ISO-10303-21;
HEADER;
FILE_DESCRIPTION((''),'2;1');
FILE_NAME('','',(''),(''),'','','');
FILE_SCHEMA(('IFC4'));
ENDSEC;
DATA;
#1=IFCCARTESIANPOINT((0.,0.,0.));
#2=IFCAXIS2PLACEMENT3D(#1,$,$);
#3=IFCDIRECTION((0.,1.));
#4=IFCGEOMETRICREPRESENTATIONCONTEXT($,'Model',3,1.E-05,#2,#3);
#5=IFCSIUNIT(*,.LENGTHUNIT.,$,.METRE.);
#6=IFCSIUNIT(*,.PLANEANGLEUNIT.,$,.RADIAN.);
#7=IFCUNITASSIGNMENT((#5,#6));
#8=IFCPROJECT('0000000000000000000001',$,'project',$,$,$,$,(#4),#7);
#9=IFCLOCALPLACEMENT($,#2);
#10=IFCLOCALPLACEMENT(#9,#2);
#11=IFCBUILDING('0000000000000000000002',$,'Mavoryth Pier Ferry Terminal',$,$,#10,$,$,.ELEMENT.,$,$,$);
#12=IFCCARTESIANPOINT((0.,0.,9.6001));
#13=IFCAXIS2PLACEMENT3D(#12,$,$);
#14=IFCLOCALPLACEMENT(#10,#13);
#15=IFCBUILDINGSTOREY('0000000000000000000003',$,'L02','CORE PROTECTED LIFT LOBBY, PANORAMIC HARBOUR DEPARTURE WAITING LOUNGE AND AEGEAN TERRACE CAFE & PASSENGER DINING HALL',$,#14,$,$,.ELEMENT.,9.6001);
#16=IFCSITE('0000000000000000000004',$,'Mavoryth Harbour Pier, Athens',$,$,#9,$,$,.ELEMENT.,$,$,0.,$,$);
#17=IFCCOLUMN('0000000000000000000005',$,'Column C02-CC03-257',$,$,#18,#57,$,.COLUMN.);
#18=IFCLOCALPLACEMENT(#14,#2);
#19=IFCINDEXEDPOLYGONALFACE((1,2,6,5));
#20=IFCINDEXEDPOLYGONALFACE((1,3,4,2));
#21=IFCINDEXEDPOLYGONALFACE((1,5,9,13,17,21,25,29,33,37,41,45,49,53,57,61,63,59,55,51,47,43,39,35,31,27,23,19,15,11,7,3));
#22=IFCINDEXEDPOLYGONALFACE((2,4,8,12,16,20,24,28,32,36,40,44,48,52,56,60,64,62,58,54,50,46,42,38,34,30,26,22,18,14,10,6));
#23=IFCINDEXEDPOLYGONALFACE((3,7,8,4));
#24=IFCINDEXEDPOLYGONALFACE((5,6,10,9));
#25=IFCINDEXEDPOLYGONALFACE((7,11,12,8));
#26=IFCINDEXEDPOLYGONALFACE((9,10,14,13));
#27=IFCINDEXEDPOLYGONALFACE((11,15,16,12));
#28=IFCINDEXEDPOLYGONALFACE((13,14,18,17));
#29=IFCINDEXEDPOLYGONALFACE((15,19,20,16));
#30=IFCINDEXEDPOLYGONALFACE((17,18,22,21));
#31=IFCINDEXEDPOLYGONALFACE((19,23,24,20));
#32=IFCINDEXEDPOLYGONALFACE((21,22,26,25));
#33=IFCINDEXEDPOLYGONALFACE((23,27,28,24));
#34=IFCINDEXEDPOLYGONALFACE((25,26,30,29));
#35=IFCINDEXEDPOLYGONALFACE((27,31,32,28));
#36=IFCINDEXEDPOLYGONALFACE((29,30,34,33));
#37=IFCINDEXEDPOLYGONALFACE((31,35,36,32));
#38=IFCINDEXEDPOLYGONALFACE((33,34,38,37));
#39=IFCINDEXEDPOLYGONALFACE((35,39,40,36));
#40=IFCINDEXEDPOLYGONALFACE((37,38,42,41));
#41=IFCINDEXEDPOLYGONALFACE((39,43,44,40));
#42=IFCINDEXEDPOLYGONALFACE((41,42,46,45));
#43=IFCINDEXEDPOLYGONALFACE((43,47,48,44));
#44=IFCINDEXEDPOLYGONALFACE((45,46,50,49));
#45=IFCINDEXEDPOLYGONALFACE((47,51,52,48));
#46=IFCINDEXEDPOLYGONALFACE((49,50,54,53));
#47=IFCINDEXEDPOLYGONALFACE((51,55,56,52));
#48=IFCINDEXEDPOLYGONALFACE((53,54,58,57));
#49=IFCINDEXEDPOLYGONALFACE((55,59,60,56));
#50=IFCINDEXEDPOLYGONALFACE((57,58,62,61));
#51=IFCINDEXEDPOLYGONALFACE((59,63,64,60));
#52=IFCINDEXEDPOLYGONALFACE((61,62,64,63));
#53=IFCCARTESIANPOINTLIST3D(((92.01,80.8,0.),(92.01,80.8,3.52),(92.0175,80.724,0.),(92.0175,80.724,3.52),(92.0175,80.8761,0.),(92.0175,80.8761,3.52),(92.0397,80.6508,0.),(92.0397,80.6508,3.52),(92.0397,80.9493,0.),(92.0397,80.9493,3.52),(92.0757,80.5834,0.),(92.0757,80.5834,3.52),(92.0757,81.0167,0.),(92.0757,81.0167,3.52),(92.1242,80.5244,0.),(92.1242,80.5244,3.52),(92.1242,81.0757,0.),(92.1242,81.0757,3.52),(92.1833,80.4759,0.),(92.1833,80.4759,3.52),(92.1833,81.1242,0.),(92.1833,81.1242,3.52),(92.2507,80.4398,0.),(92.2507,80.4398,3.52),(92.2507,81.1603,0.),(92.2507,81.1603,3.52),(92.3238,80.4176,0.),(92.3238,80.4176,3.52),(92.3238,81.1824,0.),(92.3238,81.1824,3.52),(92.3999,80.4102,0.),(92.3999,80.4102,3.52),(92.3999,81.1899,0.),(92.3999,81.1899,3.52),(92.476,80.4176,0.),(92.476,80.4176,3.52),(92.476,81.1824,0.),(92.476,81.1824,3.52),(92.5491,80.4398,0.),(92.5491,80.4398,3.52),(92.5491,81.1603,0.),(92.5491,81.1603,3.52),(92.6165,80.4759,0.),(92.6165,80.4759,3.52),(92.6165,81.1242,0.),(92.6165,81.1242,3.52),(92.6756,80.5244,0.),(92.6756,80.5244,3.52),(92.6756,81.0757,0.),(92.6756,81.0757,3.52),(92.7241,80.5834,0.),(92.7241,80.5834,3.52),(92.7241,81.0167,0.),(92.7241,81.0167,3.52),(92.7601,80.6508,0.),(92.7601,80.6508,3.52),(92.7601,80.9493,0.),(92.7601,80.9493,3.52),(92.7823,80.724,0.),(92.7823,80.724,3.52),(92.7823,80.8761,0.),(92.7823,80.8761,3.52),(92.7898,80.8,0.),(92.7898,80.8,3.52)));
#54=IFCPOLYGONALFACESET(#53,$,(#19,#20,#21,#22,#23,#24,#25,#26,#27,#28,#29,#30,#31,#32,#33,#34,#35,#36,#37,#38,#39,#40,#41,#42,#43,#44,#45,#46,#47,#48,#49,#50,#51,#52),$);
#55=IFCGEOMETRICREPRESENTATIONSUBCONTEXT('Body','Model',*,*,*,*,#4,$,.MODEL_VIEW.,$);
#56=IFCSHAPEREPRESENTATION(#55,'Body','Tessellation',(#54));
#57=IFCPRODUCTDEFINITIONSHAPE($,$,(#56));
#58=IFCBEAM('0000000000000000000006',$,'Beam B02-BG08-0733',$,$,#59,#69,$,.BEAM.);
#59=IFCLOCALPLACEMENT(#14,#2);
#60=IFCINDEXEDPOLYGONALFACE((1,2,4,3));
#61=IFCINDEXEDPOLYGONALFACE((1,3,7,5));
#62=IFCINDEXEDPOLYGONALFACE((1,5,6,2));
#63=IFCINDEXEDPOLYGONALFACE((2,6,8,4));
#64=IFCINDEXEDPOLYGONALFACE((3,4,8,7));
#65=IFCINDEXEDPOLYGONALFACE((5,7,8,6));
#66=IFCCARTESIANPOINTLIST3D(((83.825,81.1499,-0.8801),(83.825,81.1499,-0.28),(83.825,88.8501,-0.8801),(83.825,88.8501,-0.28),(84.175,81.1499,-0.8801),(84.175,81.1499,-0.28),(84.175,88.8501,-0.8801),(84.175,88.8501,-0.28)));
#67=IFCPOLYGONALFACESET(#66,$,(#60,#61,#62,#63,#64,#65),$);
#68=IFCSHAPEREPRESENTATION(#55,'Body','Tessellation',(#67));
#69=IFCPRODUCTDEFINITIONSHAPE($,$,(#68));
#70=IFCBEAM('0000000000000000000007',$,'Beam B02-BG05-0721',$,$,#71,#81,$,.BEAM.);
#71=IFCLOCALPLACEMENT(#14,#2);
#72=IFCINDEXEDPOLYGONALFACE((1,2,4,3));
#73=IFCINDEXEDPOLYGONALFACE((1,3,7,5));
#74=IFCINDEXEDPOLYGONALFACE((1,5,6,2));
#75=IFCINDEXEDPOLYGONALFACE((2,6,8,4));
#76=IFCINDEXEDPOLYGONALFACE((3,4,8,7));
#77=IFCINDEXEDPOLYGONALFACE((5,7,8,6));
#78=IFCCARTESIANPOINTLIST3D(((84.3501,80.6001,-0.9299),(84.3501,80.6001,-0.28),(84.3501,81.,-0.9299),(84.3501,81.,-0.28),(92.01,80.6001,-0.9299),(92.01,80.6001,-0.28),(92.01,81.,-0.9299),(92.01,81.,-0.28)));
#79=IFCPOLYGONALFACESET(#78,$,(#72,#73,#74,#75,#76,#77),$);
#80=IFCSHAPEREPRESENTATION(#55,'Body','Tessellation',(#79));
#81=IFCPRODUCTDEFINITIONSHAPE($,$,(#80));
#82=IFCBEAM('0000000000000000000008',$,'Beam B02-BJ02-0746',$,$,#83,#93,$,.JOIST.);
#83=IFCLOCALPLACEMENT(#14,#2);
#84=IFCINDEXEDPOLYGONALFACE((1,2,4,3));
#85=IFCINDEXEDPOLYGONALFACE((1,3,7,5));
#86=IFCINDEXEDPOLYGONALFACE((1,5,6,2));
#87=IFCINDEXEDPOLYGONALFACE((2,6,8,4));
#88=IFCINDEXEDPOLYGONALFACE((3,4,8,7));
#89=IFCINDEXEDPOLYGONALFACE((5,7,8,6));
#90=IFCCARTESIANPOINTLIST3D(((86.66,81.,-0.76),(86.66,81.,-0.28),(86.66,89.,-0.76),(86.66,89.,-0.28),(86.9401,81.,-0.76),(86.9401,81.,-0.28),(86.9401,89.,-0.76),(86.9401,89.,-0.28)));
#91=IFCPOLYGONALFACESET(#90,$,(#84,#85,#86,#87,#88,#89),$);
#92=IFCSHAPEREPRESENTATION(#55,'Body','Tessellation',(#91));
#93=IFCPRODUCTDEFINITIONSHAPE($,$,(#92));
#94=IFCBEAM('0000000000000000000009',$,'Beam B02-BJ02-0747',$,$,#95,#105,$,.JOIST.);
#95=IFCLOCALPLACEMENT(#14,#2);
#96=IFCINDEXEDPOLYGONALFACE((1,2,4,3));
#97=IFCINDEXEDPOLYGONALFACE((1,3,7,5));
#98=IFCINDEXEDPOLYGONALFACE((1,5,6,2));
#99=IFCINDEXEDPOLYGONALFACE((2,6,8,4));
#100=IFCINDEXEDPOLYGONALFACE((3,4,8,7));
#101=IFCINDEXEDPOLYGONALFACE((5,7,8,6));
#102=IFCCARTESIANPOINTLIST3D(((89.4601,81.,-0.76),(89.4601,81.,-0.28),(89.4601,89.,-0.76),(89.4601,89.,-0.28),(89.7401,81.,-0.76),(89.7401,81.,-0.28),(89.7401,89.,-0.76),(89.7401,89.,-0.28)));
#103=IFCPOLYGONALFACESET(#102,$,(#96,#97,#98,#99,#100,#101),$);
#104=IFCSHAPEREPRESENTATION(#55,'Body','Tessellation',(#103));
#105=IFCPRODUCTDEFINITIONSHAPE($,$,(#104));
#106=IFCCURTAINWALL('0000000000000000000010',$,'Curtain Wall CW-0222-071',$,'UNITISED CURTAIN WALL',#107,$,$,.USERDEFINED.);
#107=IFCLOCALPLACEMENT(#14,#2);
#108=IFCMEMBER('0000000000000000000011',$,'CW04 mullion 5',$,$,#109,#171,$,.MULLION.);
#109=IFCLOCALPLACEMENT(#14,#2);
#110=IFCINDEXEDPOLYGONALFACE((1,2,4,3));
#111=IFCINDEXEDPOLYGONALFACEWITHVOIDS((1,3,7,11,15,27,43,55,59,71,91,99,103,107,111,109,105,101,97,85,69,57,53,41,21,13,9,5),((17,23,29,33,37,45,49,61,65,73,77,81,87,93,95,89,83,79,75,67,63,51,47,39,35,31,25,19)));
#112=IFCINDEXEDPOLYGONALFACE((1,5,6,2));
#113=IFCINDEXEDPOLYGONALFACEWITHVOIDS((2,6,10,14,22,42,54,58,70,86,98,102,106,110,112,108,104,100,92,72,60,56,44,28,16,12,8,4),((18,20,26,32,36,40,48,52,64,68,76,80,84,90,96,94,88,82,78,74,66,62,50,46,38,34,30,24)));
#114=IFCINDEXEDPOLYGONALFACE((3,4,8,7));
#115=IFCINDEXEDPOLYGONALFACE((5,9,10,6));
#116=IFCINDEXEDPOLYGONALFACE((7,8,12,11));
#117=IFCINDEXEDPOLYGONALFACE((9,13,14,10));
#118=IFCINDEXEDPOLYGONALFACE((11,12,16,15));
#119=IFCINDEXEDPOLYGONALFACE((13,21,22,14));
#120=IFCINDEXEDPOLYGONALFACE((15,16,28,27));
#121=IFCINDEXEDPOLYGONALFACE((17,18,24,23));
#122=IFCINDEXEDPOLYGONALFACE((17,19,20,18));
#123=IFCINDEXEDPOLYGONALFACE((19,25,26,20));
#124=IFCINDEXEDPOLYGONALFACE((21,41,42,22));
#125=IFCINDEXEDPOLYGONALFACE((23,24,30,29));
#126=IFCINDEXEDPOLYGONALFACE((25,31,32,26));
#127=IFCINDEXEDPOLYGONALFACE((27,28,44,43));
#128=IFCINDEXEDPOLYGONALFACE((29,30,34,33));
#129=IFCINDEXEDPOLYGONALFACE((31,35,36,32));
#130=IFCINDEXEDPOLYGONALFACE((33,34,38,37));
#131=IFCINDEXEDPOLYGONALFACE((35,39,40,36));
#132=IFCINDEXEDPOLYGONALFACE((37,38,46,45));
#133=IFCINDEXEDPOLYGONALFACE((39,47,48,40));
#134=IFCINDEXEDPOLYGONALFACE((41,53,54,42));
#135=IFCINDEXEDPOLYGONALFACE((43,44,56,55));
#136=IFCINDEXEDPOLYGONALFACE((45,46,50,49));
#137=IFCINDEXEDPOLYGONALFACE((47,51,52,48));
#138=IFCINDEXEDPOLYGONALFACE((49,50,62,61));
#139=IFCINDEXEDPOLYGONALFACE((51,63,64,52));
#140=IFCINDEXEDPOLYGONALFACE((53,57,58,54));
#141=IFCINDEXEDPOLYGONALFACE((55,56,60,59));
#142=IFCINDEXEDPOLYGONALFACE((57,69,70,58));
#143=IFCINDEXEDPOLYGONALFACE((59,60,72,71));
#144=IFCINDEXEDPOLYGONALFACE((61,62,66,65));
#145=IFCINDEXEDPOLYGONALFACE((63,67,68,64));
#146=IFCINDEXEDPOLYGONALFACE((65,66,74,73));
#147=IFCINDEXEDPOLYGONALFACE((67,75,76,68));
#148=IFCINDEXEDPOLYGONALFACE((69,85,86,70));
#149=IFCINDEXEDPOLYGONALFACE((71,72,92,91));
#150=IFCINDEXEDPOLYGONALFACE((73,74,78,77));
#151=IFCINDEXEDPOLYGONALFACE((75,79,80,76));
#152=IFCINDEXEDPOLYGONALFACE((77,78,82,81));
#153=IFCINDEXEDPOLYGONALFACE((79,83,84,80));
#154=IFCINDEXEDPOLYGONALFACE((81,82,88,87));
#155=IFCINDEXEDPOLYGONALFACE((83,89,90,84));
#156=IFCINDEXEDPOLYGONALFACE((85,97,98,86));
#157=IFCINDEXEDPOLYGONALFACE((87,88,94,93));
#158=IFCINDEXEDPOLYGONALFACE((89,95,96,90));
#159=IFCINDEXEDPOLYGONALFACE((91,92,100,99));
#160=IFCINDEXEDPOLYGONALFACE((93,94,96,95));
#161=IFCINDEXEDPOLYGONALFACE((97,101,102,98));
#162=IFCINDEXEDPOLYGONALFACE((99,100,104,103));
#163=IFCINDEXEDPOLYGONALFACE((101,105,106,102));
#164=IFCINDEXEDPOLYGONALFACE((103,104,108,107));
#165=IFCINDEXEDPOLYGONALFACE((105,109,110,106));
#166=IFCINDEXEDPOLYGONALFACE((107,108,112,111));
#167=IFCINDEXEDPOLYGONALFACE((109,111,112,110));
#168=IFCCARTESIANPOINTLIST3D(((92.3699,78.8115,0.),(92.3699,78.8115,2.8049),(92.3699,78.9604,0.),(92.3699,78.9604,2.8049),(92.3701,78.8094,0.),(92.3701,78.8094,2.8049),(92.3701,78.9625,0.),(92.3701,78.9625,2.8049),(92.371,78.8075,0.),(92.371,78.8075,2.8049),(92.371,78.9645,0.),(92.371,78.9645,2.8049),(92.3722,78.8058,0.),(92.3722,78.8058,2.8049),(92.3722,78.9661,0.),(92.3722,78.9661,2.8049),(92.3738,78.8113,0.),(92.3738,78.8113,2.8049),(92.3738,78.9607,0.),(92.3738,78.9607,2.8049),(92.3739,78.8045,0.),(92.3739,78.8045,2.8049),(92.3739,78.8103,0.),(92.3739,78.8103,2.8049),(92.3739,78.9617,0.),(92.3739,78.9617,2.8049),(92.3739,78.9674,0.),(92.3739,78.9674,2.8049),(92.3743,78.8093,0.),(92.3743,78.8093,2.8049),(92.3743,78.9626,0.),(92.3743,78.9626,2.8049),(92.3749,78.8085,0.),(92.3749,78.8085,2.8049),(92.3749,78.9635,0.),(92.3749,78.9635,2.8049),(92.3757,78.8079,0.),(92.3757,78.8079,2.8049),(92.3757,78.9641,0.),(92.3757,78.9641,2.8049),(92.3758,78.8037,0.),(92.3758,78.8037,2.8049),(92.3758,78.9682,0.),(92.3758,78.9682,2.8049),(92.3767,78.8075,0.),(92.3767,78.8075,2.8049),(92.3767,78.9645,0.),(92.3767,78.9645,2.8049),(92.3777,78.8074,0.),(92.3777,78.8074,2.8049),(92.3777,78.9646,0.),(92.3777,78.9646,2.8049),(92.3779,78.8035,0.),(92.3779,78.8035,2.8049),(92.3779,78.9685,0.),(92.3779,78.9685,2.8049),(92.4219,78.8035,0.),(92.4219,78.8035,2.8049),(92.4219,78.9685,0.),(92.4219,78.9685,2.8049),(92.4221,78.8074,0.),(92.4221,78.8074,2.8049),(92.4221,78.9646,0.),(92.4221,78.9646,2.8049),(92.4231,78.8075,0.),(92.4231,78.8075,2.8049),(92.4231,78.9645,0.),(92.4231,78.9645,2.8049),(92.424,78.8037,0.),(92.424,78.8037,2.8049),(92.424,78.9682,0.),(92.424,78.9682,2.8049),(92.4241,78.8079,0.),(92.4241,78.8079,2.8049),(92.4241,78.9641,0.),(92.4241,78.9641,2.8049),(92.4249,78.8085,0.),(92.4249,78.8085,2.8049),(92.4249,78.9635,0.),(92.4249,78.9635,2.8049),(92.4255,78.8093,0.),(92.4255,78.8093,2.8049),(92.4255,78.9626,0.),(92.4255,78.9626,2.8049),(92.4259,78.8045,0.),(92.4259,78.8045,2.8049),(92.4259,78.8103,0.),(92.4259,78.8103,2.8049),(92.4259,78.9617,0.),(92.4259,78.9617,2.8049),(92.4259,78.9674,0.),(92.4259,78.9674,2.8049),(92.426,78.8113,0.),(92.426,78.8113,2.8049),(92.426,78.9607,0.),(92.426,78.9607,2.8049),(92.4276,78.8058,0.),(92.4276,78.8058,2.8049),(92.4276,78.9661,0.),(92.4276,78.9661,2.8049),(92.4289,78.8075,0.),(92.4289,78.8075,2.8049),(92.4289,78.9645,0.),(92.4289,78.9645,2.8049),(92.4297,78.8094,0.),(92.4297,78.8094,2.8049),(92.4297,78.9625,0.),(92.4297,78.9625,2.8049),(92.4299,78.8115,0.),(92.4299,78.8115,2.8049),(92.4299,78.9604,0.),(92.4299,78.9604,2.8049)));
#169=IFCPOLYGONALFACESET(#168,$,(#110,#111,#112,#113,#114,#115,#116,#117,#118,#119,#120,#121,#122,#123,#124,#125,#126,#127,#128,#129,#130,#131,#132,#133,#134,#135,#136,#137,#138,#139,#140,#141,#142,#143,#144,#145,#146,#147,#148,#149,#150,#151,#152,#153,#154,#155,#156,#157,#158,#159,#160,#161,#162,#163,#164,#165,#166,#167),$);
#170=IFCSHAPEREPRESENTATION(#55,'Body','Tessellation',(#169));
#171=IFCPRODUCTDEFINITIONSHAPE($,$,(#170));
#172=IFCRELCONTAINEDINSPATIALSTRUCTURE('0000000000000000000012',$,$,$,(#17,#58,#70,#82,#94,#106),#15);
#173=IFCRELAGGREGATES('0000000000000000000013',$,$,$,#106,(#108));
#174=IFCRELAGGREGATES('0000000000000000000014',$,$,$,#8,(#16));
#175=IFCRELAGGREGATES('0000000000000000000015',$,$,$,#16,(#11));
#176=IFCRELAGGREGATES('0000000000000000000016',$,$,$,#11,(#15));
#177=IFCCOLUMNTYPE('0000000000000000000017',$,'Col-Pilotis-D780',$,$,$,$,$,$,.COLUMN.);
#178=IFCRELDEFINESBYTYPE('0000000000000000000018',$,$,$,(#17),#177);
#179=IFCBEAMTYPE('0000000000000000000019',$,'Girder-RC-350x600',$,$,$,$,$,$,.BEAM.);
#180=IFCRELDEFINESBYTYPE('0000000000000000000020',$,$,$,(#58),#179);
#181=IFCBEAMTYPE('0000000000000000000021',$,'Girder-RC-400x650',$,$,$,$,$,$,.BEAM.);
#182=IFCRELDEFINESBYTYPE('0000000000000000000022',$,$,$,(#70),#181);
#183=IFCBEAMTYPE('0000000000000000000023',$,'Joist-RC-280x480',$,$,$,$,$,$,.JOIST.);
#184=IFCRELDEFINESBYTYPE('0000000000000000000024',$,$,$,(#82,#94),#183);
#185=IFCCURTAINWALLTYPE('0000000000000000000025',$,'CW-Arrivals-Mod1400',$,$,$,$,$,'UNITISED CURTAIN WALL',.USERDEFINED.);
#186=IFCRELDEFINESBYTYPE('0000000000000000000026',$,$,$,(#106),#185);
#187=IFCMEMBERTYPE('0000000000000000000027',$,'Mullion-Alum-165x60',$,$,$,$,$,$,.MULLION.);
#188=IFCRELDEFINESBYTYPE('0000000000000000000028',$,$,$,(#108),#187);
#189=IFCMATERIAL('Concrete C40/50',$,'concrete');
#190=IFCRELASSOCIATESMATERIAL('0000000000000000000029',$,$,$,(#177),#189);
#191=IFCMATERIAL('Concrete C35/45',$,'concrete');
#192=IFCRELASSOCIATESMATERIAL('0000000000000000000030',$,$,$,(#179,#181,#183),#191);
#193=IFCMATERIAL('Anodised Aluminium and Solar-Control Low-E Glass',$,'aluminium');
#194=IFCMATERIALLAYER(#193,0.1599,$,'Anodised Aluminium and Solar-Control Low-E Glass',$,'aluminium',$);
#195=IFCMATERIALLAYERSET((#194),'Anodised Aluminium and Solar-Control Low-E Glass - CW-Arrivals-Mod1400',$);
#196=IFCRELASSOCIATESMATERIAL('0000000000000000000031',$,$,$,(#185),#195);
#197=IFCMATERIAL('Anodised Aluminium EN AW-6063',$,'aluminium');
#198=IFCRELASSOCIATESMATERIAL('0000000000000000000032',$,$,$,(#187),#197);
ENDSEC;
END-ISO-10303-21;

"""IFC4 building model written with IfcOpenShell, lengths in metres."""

from ifc_helpers import new_model, si_unit, direction, frame, origin, origin_2d, place, context, subcontext, project, spatial, rectangle, hollow_rectangle, circle, extrude, material, layer, layer_set, material_profile, profile_set, type_object, element, aggregate, save


model = new_model("IFC4")

# Units and contexts
model_context = context("Model", 3, precision=1e-05, world=origin(), true_north=direction((0.0, 1.0)))
body_context = subcontext(model_context, "Body", "Model", "MODEL_VIEW")
ifc_project = project(units=[si_unit("LENGTHUNIT", "METRE"), si_unit("PLANEANGLEUNIT", "RADIAN")], contexts=[model_context])

# Site, building, storey
site_placement = place(None, origin())
site = spatial("IfcSite", under=ifc_project, at=site_placement, Name="Mavoryth Harbour Pier, Athens", CompositionType="ELEMENT", RefElevation=0.0)
building_placement = place(site_placement, origin())
building = spatial("IfcBuilding", under=site, at=building_placement, Name="Mavoryth Pier Ferry Terminal", CompositionType="ELEMENT")
storey_placement = place(building_placement, frame((0.0, 0.0, 9.6001)))
storey = spatial("IfcBuildingStorey", under=building, at=storey_placement, Name="L02", Description="CORE PROTECTED LIFT LOBBY, PANORAMIC HARBOUR DEPARTURE WAITING LOUNGE AND AEGEAN TERRACE CAFE & PASSENGER DINING HALL", CompositionType="ELEMENT", Elevation=9.6001)

# Column
ifc_material_1 = material(Name="Concrete C40/50", Category="concrete")
ifc_material_profile_1 = material_profile(ifc_material_1, circle(Radius=0.3899, at=origin_2d()), Name="RC D780", Category="concrete")
ifc_profile_set_1 = profile_set([ifc_material_profile_1], Name="Concrete C40/50 - RC D780")
column_type = type_object("IfcColumnType", Name="Col-Pilotis-D780", PredefinedType="COLUMN", material=ifc_profile_set_1)
column_placement = place(storey_placement, frame((92.3999, 80.8, 0.0), z_axis=(0.0, 0.0, 1.0), x_axis=(1.0, 0.0, 0.0)))
element("IfcColumn", 1, at=column_placement, inside=storey, type_object=column_type, Name="Column C02-CC03-257", PredefinedType="COLUMN", context=body_context, shape_type="SweptSolid", body=[
    extrude(circle(Radius=0.3899, at=origin_2d()), origin(), (0.0, 0.0, 1.0), 3.52),
])

# Beams
ifc_material_2 = material(Name="Concrete C35/45", Category="concrete")
ifc_material_profile_2 = material_profile(ifc_material_2, rectangle(XDim=0.3501, YDim=0.6001, at=origin_2d()), Name="RC 350x600", Category="concrete")
ifc_profile_set_2 = profile_set([ifc_material_profile_2], Name="Concrete C35/45 - RC 350x600")
beam_type_1 = type_object("IfcBeamType", Name="Girder-RC-350x600", PredefinedType="BEAM", material=ifc_profile_set_2)
beam_1_placement = place(storey_placement, frame((84.0, 81.1499, -0.5801), z_axis=(0.0, 1.0, 0.0), x_axis=(-1.0, 0.0, 0.0)))
element("IfcBeam", 2, at=beam_1_placement, inside=storey, type_object=beam_type_1, Name="Beam B02-BG08-0733", PredefinedType="BEAM", context=body_context, shape_type="SweptSolid", body=[
    extrude(rectangle(XDim=0.3501, YDim=0.6001, at=origin_2d()), origin(), (0.0, 0.0, 1.0), 7.7002),
])
ifc_material_profile_3 = material_profile(ifc_material_2, rectangle(XDim=0.3999, YDim=0.6499, at=origin_2d()), Name="RC 400x650", Category="concrete")
ifc_profile_set_3 = profile_set([ifc_material_profile_3], Name="Concrete C35/45 - RC 400x650")
beam_type_2 = type_object("IfcBeamType", Name="Girder-RC-400x650", PredefinedType="BEAM", material=ifc_profile_set_3)
beam_2_placement = place(storey_placement, frame((84.3501, 80.8, -0.605), z_axis=(1.0, 0.0, 0.0), x_axis=(0.0, 1.0, 0.0)))
element("IfcBeam", 3, at=beam_2_placement, inside=storey, type_object=beam_type_2, Name="Beam B02-BG05-0721", PredefinedType="BEAM", context=body_context, shape_type="SweptSolid", body=[
    extrude(rectangle(XDim=0.3999, YDim=0.6499, at=origin_2d()), origin(), (0.0, 0.0, 1.0), 7.6599),
])
ifc_material_profile_4 = material_profile(ifc_material_2, rectangle(XDim=0.28, YDim=0.48, at=origin_2d()), Name="RC 280x480", Category="concrete")
ifc_profile_set_4 = profile_set([ifc_material_profile_4], Name="Concrete C35/45 - RC 280x480")
beam_type_3 = type_object("IfcBeamType", Name="Joist-RC-280x480", PredefinedType="JOIST", material=ifc_profile_set_4)
for number, where, z_axis, x_axis, name in (
    (4, (86.8, 81.0, -0.52), (0.0, 1.0, 0.0), (-1.0, 0.0, 0.0), "Beam B02-BJ02-0746"),
    (5, (89.6001, 81.0, -0.52), (0.0, 1.0, 0.0), (-1.0, 0.0, 0.0), "Beam B02-BJ02-0747"),
):
    element("IfcBeam", number, at=place(storey_placement, frame(where, z_axis=z_axis, x_axis=x_axis)), inside=storey, type_object=beam_type_3, Name=name, PredefinedType="JOIST", context=body_context, shape_type="SweptSolid", body=[
        extrude(rectangle(XDim=0.28, YDim=0.48, at=origin_2d()), origin(), (0.0, 0.0, 1.0), 8.0),
    ])

# Curtain wall, member
ifc_material_3 = material(Name="Anodised Aluminium and Solar-Control Low-E Glass", Category="aluminium")
ifc_layer_1 = layer(ifc_material_3, 0.1599, Name="Anodised Aluminium and Solar-Control Low-E Glass", Category="aluminium")
ifc_layer_set_1 = layer_set([ifc_layer_1], Name="Anodised Aluminium and Solar-Control Low-E Glass - CW-Arrivals-Mod1400")
curtain_wall_type = type_object("IfcCurtainWallType", Name="CW-Arrivals-Mod1400", ElementType="UNITISED CURTAIN WALL", PredefinedType="USERDEFINED", material=ifc_layer_set_1)
curtain_wall_1_placement = place(storey_placement, origin())
curtain_wall_1 = element("IfcCurtainWall", 6, at=curtain_wall_1_placement, inside=storey, type_object=curtain_wall_type, Name="Curtain Wall CW-0222-071", ObjectType="UNITISED CURTAIN WALL", PredefinedType="USERDEFINED")
ifc_material_4 = material(Name="Anodised Aluminium EN AW-6063", Category="aluminium")
ifc_material_profile_5 = material_profile(ifc_material_4, hollow_rectangle(XDim=0.0601, YDim=0.165, WallThickness=0.0039, InnerFilletRadius=0.0039, OuterFilletRadius=0.0081, at=origin_2d()), Name="AL-MULL 165x60x4", Category="aluminium")
ifc_profile_set_5 = profile_set([ifc_material_profile_5], Name="Anodised Aluminium EN AW-6063 - AL-MULL 165x60x4")
member_type_1 = type_object("IfcMemberType", Name="Mullion-Alum-165x60", PredefinedType="MULLION", material=ifc_profile_set_5)
member_1_placement = place(storey_placement, frame((92.3999, 78.886, 0.0), z_axis=(0.0, 0.0, 1.0), x_axis=(-1.0, 0.0, 0.0)))
member_1 = element("IfcMember", 7, at=member_1_placement, type_object=member_type_1, Name="CW04 mullion 5", PredefinedType="MULLION", context=body_context, shape_type="SweptSolid", body=[
    extrude(hollow_rectangle(XDim=0.0601, YDim=0.165, WallThickness=0.0039, InnerFilletRadius=0.0039, OuterFilletRadius=0.0081, at=origin_2d()), origin(), (0.0, 0.0, 1.0), 2.8049),
])

aggregate(curtain_wall_1, [member_1])

save(model, "model.ifc")
